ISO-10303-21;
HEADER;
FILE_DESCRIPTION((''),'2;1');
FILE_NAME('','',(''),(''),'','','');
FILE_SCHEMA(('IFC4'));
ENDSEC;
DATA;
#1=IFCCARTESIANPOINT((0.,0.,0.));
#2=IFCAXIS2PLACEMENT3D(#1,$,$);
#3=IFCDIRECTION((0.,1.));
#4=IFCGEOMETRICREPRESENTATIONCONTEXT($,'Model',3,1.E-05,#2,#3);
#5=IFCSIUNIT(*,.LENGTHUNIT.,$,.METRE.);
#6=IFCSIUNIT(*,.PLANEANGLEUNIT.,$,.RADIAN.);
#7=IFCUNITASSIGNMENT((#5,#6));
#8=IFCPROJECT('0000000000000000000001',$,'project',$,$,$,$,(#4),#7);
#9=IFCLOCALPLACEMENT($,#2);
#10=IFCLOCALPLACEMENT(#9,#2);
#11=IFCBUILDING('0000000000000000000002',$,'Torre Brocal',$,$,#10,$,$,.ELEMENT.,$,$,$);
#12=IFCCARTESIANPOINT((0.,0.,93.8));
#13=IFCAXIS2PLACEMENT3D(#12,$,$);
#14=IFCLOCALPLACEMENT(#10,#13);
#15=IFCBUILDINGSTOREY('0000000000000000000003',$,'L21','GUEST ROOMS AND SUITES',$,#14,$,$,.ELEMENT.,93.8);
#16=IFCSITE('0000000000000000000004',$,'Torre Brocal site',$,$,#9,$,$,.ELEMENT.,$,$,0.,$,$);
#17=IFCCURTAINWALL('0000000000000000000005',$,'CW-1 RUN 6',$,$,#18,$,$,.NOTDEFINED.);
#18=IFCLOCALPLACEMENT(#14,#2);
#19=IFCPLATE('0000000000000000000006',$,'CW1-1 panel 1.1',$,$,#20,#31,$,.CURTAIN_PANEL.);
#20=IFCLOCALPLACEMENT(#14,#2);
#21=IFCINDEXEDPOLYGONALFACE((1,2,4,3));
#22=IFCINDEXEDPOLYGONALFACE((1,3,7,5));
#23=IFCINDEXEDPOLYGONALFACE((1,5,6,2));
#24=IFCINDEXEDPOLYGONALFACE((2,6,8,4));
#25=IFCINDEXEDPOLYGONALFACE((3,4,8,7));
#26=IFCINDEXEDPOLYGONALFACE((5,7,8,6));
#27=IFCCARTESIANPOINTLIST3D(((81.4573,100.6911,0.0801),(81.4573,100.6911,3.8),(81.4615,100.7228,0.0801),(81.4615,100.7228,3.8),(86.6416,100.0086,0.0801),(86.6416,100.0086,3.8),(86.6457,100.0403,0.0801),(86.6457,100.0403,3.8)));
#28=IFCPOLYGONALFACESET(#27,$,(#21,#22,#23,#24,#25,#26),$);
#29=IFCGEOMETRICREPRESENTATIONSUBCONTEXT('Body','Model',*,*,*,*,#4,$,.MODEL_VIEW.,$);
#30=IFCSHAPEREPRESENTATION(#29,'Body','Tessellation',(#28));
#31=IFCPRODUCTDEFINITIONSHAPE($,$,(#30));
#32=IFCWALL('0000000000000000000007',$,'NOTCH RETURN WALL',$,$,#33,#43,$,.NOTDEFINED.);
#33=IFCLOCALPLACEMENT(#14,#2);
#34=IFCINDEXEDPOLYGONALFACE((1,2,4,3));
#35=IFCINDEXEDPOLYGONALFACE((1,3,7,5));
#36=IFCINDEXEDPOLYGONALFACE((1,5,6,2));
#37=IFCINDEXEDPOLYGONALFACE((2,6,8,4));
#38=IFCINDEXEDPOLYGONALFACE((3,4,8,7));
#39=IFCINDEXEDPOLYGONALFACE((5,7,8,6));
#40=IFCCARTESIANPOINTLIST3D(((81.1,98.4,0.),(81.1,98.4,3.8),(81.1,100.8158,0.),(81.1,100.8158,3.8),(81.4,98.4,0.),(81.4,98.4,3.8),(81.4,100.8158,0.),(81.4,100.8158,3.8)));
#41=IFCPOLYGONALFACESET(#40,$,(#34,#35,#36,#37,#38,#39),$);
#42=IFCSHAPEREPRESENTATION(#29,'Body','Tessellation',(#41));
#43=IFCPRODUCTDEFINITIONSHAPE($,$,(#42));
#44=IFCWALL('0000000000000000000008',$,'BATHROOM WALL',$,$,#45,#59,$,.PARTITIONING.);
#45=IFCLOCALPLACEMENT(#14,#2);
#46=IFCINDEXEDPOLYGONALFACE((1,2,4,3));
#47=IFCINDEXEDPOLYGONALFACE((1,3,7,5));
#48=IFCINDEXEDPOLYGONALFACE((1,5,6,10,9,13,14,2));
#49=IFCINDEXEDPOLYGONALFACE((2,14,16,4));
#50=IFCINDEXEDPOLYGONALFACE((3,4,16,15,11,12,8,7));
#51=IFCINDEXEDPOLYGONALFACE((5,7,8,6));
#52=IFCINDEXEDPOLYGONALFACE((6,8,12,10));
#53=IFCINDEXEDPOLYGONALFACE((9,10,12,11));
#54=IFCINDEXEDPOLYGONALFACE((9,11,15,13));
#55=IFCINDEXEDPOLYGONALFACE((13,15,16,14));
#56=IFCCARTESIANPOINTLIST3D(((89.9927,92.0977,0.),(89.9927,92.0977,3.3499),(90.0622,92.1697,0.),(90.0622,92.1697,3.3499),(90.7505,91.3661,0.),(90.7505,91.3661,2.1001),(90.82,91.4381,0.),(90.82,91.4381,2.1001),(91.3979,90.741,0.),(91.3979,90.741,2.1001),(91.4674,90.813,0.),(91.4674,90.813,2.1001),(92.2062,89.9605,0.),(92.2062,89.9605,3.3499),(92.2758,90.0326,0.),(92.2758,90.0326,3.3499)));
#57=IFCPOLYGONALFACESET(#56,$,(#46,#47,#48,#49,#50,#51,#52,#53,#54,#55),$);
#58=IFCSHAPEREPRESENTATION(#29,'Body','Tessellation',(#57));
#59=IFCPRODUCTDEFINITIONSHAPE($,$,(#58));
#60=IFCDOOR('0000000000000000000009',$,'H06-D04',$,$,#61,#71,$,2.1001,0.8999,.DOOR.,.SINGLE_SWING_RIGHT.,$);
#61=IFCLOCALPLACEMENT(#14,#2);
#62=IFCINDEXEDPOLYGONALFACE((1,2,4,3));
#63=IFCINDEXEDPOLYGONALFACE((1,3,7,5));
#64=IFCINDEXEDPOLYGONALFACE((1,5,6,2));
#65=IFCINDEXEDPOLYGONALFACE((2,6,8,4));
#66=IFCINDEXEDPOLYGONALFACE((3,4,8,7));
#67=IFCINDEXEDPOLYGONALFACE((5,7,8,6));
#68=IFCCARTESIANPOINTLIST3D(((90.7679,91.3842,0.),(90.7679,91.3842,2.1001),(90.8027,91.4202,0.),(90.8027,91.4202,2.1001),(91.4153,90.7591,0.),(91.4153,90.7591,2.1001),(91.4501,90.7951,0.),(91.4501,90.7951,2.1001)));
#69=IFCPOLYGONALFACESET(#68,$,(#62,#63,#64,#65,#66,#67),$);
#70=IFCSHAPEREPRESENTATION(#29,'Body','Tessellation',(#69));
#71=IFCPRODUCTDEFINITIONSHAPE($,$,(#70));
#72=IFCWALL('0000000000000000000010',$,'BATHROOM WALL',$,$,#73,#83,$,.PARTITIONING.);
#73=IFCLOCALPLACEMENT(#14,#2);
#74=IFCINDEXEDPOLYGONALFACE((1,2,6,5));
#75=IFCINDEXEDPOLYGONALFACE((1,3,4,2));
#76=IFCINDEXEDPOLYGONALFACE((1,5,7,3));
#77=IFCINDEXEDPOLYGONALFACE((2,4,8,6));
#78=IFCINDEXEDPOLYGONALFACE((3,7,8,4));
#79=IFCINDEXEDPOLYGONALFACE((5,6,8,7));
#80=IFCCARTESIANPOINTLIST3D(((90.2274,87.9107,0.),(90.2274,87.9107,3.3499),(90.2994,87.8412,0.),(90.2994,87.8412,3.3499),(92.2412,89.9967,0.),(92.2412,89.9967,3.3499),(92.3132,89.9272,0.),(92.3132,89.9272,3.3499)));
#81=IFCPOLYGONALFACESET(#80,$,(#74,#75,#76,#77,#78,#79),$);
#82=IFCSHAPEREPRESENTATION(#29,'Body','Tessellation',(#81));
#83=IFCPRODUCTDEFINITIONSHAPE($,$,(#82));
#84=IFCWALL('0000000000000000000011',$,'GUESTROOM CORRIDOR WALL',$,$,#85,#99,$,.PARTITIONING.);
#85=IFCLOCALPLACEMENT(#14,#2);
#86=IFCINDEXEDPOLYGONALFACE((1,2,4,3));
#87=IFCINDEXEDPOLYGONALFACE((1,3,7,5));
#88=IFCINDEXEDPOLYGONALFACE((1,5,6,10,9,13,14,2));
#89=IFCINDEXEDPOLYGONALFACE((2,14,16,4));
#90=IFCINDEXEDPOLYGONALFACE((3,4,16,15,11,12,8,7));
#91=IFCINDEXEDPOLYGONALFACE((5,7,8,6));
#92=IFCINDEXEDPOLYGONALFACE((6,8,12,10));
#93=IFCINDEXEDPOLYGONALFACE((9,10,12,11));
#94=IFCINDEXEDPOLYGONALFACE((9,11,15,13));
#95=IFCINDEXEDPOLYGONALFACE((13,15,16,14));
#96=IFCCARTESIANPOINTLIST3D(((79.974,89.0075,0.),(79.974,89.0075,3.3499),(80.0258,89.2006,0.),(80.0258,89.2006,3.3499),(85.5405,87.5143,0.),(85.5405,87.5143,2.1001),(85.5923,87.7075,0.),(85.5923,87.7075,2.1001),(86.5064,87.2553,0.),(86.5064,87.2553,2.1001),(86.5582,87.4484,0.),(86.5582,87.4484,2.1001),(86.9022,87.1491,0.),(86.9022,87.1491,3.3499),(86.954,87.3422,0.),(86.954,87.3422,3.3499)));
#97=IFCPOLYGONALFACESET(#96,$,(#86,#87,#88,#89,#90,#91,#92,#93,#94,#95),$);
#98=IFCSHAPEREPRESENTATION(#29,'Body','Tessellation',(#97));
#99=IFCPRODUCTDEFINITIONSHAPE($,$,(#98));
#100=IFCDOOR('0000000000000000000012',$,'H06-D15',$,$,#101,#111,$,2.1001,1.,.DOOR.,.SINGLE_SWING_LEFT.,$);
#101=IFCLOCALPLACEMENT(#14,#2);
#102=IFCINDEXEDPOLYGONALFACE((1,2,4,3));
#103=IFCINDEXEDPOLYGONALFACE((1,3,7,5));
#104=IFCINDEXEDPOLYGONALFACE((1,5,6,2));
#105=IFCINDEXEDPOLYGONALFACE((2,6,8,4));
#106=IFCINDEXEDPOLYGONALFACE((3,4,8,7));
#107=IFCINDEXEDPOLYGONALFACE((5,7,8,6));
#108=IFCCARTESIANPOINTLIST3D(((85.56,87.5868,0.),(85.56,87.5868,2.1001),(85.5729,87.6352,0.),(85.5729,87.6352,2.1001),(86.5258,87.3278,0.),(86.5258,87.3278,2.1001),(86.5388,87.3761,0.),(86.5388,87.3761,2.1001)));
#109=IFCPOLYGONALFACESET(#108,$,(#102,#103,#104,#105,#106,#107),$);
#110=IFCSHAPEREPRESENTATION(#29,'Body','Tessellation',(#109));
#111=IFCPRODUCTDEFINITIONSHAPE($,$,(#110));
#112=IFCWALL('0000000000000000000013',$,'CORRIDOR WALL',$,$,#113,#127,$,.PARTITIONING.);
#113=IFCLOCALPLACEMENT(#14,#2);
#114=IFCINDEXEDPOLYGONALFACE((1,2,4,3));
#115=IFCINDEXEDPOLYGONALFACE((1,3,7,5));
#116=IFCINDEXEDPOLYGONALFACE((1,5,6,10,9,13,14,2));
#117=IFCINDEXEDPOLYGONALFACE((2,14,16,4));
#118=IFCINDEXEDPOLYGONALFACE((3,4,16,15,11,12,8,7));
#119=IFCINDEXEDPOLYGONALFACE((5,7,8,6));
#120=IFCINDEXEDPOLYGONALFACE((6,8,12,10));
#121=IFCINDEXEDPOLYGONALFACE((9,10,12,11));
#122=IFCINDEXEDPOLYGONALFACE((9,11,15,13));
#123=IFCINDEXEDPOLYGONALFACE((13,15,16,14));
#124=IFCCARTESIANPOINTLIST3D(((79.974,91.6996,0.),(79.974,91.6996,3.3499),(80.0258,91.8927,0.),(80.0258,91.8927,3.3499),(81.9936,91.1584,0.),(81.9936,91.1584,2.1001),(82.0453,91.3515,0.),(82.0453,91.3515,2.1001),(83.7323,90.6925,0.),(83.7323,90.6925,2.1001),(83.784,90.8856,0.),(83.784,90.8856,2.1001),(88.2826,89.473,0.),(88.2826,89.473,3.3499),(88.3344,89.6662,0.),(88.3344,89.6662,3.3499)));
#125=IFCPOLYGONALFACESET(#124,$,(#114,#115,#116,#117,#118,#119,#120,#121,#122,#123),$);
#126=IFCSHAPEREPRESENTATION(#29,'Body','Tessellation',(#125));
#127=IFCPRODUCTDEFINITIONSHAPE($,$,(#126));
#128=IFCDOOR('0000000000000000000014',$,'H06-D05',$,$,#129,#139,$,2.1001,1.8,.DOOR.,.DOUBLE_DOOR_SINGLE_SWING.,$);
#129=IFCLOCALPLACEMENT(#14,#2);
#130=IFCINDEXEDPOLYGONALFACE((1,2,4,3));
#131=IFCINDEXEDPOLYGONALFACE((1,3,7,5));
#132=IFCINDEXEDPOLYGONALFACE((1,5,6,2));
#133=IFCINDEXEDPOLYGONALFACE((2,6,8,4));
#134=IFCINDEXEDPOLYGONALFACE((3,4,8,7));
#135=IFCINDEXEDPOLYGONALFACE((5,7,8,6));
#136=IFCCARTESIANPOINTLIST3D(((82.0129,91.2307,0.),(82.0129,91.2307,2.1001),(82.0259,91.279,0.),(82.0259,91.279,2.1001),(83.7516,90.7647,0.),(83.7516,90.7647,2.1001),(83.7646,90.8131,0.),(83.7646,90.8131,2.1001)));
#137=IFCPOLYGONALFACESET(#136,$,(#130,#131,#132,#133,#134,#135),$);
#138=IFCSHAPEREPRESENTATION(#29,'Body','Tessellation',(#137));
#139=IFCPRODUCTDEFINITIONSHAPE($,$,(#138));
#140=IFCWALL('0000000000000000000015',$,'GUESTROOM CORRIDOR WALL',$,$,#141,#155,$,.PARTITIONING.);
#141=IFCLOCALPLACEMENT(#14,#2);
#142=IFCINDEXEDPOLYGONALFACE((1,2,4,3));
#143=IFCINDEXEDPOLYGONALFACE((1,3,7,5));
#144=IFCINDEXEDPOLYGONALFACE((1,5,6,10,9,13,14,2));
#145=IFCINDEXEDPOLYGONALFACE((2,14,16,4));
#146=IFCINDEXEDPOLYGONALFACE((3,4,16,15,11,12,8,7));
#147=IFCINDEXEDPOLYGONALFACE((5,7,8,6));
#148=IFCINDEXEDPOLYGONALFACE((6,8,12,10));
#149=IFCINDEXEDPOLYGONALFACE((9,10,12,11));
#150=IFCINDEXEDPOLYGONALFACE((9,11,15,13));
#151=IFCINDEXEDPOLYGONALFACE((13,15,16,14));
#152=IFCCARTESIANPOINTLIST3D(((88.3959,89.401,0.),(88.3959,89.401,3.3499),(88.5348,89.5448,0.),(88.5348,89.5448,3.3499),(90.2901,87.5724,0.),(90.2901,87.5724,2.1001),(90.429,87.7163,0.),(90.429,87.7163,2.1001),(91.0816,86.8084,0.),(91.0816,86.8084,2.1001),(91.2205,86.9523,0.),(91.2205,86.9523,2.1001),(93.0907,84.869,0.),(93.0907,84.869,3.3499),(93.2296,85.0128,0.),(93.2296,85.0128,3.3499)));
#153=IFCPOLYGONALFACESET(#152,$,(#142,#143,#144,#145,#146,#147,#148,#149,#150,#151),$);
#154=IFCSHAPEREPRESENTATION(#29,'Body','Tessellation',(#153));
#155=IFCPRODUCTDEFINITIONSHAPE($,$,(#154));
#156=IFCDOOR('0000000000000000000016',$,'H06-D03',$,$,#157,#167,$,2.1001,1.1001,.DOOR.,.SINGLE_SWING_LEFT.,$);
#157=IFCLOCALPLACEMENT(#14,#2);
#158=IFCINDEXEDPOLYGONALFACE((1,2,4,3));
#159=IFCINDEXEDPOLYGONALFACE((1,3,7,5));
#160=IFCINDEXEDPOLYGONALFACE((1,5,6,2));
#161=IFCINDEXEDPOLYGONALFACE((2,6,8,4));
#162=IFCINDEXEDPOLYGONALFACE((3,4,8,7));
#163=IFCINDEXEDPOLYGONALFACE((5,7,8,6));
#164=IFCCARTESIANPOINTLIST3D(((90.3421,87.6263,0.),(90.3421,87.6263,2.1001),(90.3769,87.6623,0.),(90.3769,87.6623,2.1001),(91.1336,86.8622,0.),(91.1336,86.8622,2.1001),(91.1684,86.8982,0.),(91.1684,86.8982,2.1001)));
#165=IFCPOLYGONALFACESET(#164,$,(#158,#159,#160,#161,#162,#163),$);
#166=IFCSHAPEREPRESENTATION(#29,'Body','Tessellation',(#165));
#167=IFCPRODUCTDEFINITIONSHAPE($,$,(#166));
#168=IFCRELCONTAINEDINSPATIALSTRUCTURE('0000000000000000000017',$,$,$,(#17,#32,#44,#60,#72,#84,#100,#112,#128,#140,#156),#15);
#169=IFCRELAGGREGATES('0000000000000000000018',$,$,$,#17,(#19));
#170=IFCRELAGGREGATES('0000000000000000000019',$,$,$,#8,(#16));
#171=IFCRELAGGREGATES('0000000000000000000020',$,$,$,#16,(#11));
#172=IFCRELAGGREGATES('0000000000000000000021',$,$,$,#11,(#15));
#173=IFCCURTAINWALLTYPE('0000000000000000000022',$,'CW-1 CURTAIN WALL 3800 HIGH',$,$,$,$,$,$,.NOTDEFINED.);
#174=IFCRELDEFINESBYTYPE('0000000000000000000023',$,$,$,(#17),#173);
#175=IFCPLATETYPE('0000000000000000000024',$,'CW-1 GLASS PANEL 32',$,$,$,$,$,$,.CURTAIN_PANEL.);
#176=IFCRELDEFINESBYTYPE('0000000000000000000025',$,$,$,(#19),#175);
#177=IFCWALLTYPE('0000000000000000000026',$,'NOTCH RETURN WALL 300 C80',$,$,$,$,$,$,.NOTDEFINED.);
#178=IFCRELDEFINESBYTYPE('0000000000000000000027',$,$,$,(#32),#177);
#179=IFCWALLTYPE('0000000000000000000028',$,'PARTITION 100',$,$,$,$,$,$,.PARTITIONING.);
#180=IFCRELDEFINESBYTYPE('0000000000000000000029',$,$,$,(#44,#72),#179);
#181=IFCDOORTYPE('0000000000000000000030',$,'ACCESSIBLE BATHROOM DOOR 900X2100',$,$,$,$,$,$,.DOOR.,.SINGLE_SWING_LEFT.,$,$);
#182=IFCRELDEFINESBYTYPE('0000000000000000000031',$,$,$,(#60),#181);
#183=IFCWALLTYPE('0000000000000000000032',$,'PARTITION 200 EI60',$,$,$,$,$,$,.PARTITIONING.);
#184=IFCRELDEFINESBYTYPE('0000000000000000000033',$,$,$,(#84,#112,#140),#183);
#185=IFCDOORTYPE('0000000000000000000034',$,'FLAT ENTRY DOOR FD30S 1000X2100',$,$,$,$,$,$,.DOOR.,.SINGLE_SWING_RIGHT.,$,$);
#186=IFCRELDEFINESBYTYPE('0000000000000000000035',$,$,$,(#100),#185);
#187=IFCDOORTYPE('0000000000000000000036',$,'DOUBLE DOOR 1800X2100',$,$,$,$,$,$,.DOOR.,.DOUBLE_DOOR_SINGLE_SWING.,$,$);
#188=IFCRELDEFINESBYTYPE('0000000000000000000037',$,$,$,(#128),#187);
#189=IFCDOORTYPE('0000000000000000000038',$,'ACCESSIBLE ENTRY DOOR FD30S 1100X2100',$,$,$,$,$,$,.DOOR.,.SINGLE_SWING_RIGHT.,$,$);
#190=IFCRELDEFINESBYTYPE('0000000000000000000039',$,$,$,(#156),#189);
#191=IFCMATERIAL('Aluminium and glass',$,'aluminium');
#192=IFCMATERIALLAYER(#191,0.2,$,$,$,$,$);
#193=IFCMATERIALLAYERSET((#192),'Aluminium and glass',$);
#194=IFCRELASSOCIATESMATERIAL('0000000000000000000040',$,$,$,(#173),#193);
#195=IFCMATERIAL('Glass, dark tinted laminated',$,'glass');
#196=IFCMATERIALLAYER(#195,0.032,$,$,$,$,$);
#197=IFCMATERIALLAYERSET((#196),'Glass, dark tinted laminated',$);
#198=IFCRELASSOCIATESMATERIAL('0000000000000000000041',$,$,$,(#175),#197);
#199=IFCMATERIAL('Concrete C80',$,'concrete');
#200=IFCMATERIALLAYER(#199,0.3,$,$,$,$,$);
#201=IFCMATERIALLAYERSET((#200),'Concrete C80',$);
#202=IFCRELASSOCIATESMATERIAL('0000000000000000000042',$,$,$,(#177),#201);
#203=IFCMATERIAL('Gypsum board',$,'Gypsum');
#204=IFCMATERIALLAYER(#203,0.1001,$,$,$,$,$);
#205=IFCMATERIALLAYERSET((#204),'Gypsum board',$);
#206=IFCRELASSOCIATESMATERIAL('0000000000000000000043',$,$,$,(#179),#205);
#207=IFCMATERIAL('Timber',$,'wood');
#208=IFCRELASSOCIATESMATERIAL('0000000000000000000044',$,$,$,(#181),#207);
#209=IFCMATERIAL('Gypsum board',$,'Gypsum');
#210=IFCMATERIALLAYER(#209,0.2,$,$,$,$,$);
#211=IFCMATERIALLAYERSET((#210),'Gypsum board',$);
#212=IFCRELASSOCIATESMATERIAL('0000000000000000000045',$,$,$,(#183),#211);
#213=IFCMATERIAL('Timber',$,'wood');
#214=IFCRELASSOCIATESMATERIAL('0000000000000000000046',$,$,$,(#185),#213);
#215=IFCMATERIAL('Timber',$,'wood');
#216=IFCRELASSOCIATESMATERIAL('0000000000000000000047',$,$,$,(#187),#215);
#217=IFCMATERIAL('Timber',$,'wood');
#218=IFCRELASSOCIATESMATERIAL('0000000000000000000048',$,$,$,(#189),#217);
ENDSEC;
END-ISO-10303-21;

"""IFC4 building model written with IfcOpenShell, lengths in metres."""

from ifc_helpers import new_model, si_unit, direction, frame, frame_2d, origin, origin_2d, place, context, subcontext, project, spatial, rectangle, extrude, material, layer, layer_set, type_object, element, fill, aggregate, save


model = new_model("IFC4")

# Units and contexts
model_context = context("Model", 3, precision=1e-05, world=origin(), true_north=direction((0.0, 1.0)))
body_context = subcontext(model_context, "Body", "Model", "MODEL_VIEW")
ifc_project = project(units=[si_unit("LENGTHUNIT", "METRE"), si_unit("PLANEANGLEUNIT", "RADIAN")], contexts=[model_context])

# Site, building, storey
site_placement = place(None, origin())
site = spatial("IfcSite", under=ifc_project, at=site_placement, Name="Torre Brocal site", CompositionType="ELEMENT", RefElevation=0.0)
building_placement = place(site_placement, origin())
building = spatial("IfcBuilding", under=site, at=building_placement, Name="Torre Brocal", CompositionType="ELEMENT")
storey_placement = place(building_placement, frame((0.0, 0.0, 93.8)))
storey = spatial("IfcBuildingStorey", under=building, at=storey_placement, Name="L21", Description="GUEST ROOMS AND SUITES", CompositionType="ELEMENT", Elevation=93.8)

# Shared definitions
ifc_material_1 = material(Name="Aluminium and glass", Category="aluminium")
ifc_layer_1 = layer(ifc_material_1, 0.2)
ifc_layer_set_1 = layer_set([ifc_layer_1], Name="Aluminium and glass")
curtain_wall_type = type_object("IfcCurtainWallType", Name="CW-1 CURTAIN WALL 3800 HIGH", PredefinedType="NOTDEFINED", material=ifc_layer_set_1)

# Curtain wall
curtain_wall_1_placement = place(storey_placement, origin())
curtain_wall_1 = element("IfcCurtainWall", 1, at=curtain_wall_1_placement, inside=storey, type_object=curtain_wall_type, Name="CW-1 RUN 6", PredefinedType="NOTDEFINED")

# Plate
ifc_material_2 = material(Name="Glass, dark tinted laminated", Category="glass")
ifc_layer_2 = layer(ifc_material_2, 0.032)
ifc_layer_set_2 = layer_set([ifc_layer_2], Name="Glass, dark tinted laminated")
plate_type = type_object("IfcPlateType", Name="CW-1 GLASS PANEL 32", PredefinedType="CURTAIN_PANEL", material=ifc_layer_set_2)
plate_1_placement = place(storey_placement, frame((84.0515, 100.3657, 0.0801), z_axis=(0.0, 0.0, 1.0), x_axis=(-0.991445, 0.130526, 0.0)))
plate_1 = element("IfcPlate", 2, at=plate_1_placement, type_object=plate_type, Name="CW1-1 panel 1.1", PredefinedType="CURTAIN_PANEL", context=body_context, shape_type="SweptSolid", body=[
    extrude(rectangle(XDim=5.229, YDim=0.032, at=origin_2d()), origin(), (0.0, 0.0, 1.0), 3.72),
])
aggregate(curtain_wall_1, [plate_1])

# Wall
ifc_material_3 = material(Name="Concrete C80", Category="concrete")
ifc_layer_3 = layer(ifc_material_3, 0.3)
ifc_layer_set_3 = layer_set([ifc_layer_3], Name="Concrete C80")
wall_type_1 = type_object("IfcWallType", Name="NOTCH RETURN WALL 300 C80", PredefinedType="NOTDEFINED", material=ifc_layer_set_3)
wall_1_placement = place(storey_placement, frame((81.25, 98.3999, 0.0), z_axis=(0.0, 0.0, 1.0), x_axis=(0.0, 1.0, 0.0)))
element("IfcWall", 3, at=wall_1_placement, inside=storey, type_object=wall_type_1, Name="NOTCH RETURN WALL", PredefinedType="NOTDEFINED", context=body_context, shape_type="SweptSolid", body=[
    extrude(rectangle(XDim=2.4158, YDim=0.3, at=frame_2d((1.208, 0.0))), origin(), (0.0, 0.0, 1.0), 3.8),
])

# Wall, opening, door
ifc_material_4 = material(Name="Gypsum board", Category="Gypsum")
ifc_layer_4 = layer(ifc_material_4, 0.1001)
ifc_layer_set_4 = layer_set([ifc_layer_4], Name="Gypsum board")
wall_type_2 = type_object("IfcWallType", Name="PARTITION 100", PredefinedType="PARTITIONING", material=ifc_layer_set_4)
wall_2_placement = place(storey_placement, frame((90.0273, 92.1338, 0.0), z_axis=(0.0, 0.0, 1.0), x_axis=(0.719415, -0.69458, 0.0)))
wall_2 = element("IfcWall", 4, at=wall_2_placement, inside=storey, type_object=wall_type_2, Name="BATHROOM WALL", PredefinedType="PARTITIONING", context=body_context, shape_type="SweptSolid", body=[
    extrude(rectangle(XDim=3.0769, YDim=0.1001, at=frame_2d((1.5386, 0.0))), origin(), (0.0, 0.0, 1.0), 3.3499),
])
opening_1_placement = place(wall_2_placement, frame((1.0535, 0.0, 0.0)))
opening_1 = element("IfcOpeningElement", 5, at=opening_1_placement, cuts=wall_2, PredefinedType="OPENING", context=body_context, shape_type="SweptSolid", body=[
    extrude(rectangle(XDim=0.8999, YDim=2.1001, at=frame_2d((0.45, 1.05))), frame((0.0, 0.0601, 0.0), z_axis=(0.0, -1.0, 0.0), x_axis=(1.0, 0.0, 0.0)), (0.0, 0.0, 1.0), 0.1201),
])
ifc_material_5 = material(Name="Timber", Category="wood")
door_type_1 = type_object("IfcDoorType", Name="ACCESSIBLE BATHROOM DOOR 900X2100", OperationType="SINGLE_SWING_LEFT", PredefinedType="DOOR", material=ifc_material_5)
door_1_placement = place(opening_1_placement, frame((0.8999, 0.0, 0.0), z_axis=(0.0, 0.0, 1.0), x_axis=(-1.0, 0.0, 0.0)))
door_1 = element("IfcDoor", 6, at=door_1_placement, inside=storey, type_object=door_type_1, Name="H06-D04", OperationType="SINGLE_SWING_RIGHT", OverallHeight=2.1001, OverallWidth=0.8999, PredefinedType="DOOR", context=body_context, shape_type="SweptSolid", body=[
    extrude(rectangle(XDim=0.8999, YDim=2.1001, at=frame_2d((0.45, 1.05))), frame((0.0, 0.0249, 0.0), z_axis=(0.0, -1.0, 0.0), x_axis=(1.0, 0.0, 0.0)), (0.0, 0.0, 1.0), 0.05),
])
fill(opening_1, door_1)

# Wall
wall_3_placement = place(storey_placement, frame((90.2634, 87.876, 0.0), z_axis=(0.0, 0.0, 1.0), x_axis=(0.694534, 0.719459, 0.0)))
element("IfcWall", 7, at=wall_3_placement, inside=storey, type_object=wall_type_2, Name="BATHROOM WALL", PredefinedType="PARTITIONING", context=body_context, shape_type="SweptSolid", body=[
    extrude(rectangle(XDim=2.8994, YDim=0.1001, at=frame_2d((1.4497, 0.0))), origin(), (0.0, 0.0, 1.0), 3.3499),
])

# Walls, openings, doors
ifc_material_6 = material(Name="Gypsum board", Category="Gypsum")
ifc_layer_5 = layer(ifc_material_6, 0.2)
ifc_layer_set_5 = layer_set([ifc_layer_5], Name="Gypsum board")
wall_type_3 = type_object("IfcWallType", Name="PARTITION 200 EI60", PredefinedType="PARTITIONING", material=ifc_layer_set_5)
wall_4_placement = place(storey_placement, frame((80.0, 89.104, 0.0), z_axis=(0.0, 0.0, 1.0), x_axis=(0.965857, -0.259077, 0.0)))
wall_4 = element("IfcWall", 8, at=wall_4_placement, inside=storey, type_object=wall_type_3, Name="GUESTROOM CORRIDOR WALL", PredefinedType="PARTITIONING", context=body_context, shape_type="SweptSolid", body=[
    extrude(rectangle(XDim=7.1731, YDim=0.2, at=frame_2d((3.5864, 0.0))), origin(), (0.0, 0.0, 1.0), 3.3499),
])
opening_2_placement = place(wall_4_placement, frame((5.7632, 0.0, 0.0)))
opening_2 = element("IfcOpeningElement", 9, at=opening_2_placement, cuts=wall_4, PredefinedType="OPENING", context=body_context, shape_type="SweptSolid", body=[
    extrude(rectangle(XDim=1.0, YDim=2.1001, at=frame_2d((0.5, 1.05))), frame((0.0, 0.1099, 0.0), z_axis=(0.0, -1.0, 0.0), x_axis=(1.0, 0.0, 0.0)), (0.0, 0.0, 1.0), 0.22),
])
ifc_material_7 = material(Name="Timber", Category="wood")
door_type_2 = type_object("IfcDoorType", Name="FLAT ENTRY DOOR FD30S 1000X2100", OperationType="SINGLE_SWING_RIGHT", PredefinedType="DOOR", material=ifc_material_7)
door_2_placement = place(opening_2_placement, frame((1.0, 0.0, 0.0), z_axis=(0.0, 0.0, 1.0), x_axis=(-1.0, 0.0, 0.0)))
door_2 = element("IfcDoor", 10, at=door_2_placement, inside=storey, type_object=door_type_2, Name="H06-D15", OperationType="SINGLE_SWING_LEFT", OverallHeight=2.1001, OverallWidth=1.0, PredefinedType="DOOR", context=body_context, shape_type="SweptSolid", body=[
    extrude(rectangle(XDim=1.0, YDim=2.1001, at=frame_2d((0.5, 1.05))), frame((0.0, 0.0249, 0.0), z_axis=(0.0, -1.0, 0.0), x_axis=(1.0, 0.0, 0.0)), (0.0, 0.0, 1.0), 0.05),
])
fill(opening_2, door_2)
wall_5_placement = place(storey_placement, frame((80.0, 91.7961, 0.0), z_axis=(0.0, 0.0, 1.0), x_axis=(0.965918, -0.25885, 0.0)))
wall_5 = element("IfcWall", 11, at=wall_5_placement, inside=storey, type_object=wall_type_3, Name="CORRIDOR WALL", PredefinedType="PARTITIONING", context=body_context, shape_type="SweptSolid", body=[
    extrude(rectangle(XDim=8.6018, YDim=0.2, at=frame_2d((4.3008, 0.0))), origin(), (0.0, 0.0, 1.0), 3.3499),
])
opening_3_placement = place(wall_5_placement, frame((2.0908, 0.0, 0.0)))
opening_3 = element("IfcOpeningElement", 12, at=opening_3_placement, cuts=wall_5, PredefinedType="OPENING", context=body_context, shape_type="SweptSolid", body=[
    extrude(rectangle(XDim=1.8, YDim=2.1001, at=frame_2d((0.8999, 1.05))), frame((0.0, 0.1099, 0.0), z_axis=(0.0, -1.0, 0.0), x_axis=(1.0, 0.0, 0.0)), (0.0, 0.0, 1.0), 0.22),
])
ifc_material_8 = material(Name="Timber", Category="wood")
door_type_3 = type_object("IfcDoorType", Name="DOUBLE DOOR 1800X2100", OperationType="DOUBLE_DOOR_SINGLE_SWING", PredefinedType="DOOR", material=ifc_material_8)
door_3_placement = place(opening_3_placement, origin())
door_3 = element("IfcDoor", 13, at=door_3_placement, inside=storey, type_object=door_type_3, Name="H06-D05", OperationType="DOUBLE_DOOR_SINGLE_SWING", OverallHeight=2.1001, OverallWidth=1.8, PredefinedType="DOOR", context=body_context, shape_type="SweptSolid", body=[
    extrude(rectangle(XDim=1.8, YDim=2.1001, at=frame_2d((0.8999, 1.05))), frame((0.0, 0.0249, 0.0), z_axis=(0.0, -1.0, 0.0), x_axis=(1.0, 0.0, 0.0)), (0.0, 0.0, 1.0), 0.05),
])
fill(opening_3, door_3)
wall_6_placement = place(storey_placement, frame((88.4653, 89.4729, 0.0), z_axis=(0.0, 0.0, 1.0), x_axis=(0.719474, -0.694519, 0.0)))
wall_6 = element("IfcWall", 14, at=wall_6_placement, inside=storey, type_object=wall_type_3, Name="GUESTROOM CORRIDOR WALL", PredefinedType="PARTITIONING", context=body_context, shape_type="SweptSolid", body=[
    extrude(rectangle(XDim=6.5254, YDim=0.2, at=frame_2d((3.2627, 0.0))), origin(), (0.0, 0.0, 1.0), 3.3499),
])
opening_4_placement = place(wall_6_placement, frame((2.6328, 0.0, 0.0)))
opening_4 = element("IfcOpeningElement", 15, at=opening_4_placement, cuts=wall_6, PredefinedType="OPENING", context=body_context, shape_type="SweptSolid", body=[
    extrude(rectangle(XDim=1.1001, YDim=2.1001, at=frame_2d((0.55, 1.05))), frame((0.0, 0.1099, 0.0), z_axis=(0.0, -1.0, 0.0), x_axis=(1.0, 0.0, 0.0)), (0.0, 0.0, 1.0), 0.22),
])
ifc_material_9 = material(Name="Timber", Category="wood")
door_type_4 = type_object("IfcDoorType", Name="ACCESSIBLE ENTRY DOOR FD30S 1100X2100", OperationType="SINGLE_SWING_RIGHT", PredefinedType="DOOR", material=ifc_material_9)
door_4_placement = place(opening_4_placement, origin())
door_4 = element("IfcDoor", 16, at=door_4_placement, inside=storey, type_object=door_type_4, Name="H06-D03", OperationType="SINGLE_SWING_LEFT", OverallHeight=2.1001, OverallWidth=1.1001, PredefinedType="DOOR", context=body_context, shape_type="SweptSolid", body=[
    extrude(rectangle(XDim=1.1001, YDim=2.1001, at=frame_2d((0.55, 1.05))), frame((0.0, 0.0249, 0.0), z_axis=(0.0, -1.0, 0.0), x_axis=(1.0, 0.0, 0.0)), (0.0, 0.0, 1.0), 0.05),
])
fill(opening_4, door_4)

save(model, "model.ifc")
